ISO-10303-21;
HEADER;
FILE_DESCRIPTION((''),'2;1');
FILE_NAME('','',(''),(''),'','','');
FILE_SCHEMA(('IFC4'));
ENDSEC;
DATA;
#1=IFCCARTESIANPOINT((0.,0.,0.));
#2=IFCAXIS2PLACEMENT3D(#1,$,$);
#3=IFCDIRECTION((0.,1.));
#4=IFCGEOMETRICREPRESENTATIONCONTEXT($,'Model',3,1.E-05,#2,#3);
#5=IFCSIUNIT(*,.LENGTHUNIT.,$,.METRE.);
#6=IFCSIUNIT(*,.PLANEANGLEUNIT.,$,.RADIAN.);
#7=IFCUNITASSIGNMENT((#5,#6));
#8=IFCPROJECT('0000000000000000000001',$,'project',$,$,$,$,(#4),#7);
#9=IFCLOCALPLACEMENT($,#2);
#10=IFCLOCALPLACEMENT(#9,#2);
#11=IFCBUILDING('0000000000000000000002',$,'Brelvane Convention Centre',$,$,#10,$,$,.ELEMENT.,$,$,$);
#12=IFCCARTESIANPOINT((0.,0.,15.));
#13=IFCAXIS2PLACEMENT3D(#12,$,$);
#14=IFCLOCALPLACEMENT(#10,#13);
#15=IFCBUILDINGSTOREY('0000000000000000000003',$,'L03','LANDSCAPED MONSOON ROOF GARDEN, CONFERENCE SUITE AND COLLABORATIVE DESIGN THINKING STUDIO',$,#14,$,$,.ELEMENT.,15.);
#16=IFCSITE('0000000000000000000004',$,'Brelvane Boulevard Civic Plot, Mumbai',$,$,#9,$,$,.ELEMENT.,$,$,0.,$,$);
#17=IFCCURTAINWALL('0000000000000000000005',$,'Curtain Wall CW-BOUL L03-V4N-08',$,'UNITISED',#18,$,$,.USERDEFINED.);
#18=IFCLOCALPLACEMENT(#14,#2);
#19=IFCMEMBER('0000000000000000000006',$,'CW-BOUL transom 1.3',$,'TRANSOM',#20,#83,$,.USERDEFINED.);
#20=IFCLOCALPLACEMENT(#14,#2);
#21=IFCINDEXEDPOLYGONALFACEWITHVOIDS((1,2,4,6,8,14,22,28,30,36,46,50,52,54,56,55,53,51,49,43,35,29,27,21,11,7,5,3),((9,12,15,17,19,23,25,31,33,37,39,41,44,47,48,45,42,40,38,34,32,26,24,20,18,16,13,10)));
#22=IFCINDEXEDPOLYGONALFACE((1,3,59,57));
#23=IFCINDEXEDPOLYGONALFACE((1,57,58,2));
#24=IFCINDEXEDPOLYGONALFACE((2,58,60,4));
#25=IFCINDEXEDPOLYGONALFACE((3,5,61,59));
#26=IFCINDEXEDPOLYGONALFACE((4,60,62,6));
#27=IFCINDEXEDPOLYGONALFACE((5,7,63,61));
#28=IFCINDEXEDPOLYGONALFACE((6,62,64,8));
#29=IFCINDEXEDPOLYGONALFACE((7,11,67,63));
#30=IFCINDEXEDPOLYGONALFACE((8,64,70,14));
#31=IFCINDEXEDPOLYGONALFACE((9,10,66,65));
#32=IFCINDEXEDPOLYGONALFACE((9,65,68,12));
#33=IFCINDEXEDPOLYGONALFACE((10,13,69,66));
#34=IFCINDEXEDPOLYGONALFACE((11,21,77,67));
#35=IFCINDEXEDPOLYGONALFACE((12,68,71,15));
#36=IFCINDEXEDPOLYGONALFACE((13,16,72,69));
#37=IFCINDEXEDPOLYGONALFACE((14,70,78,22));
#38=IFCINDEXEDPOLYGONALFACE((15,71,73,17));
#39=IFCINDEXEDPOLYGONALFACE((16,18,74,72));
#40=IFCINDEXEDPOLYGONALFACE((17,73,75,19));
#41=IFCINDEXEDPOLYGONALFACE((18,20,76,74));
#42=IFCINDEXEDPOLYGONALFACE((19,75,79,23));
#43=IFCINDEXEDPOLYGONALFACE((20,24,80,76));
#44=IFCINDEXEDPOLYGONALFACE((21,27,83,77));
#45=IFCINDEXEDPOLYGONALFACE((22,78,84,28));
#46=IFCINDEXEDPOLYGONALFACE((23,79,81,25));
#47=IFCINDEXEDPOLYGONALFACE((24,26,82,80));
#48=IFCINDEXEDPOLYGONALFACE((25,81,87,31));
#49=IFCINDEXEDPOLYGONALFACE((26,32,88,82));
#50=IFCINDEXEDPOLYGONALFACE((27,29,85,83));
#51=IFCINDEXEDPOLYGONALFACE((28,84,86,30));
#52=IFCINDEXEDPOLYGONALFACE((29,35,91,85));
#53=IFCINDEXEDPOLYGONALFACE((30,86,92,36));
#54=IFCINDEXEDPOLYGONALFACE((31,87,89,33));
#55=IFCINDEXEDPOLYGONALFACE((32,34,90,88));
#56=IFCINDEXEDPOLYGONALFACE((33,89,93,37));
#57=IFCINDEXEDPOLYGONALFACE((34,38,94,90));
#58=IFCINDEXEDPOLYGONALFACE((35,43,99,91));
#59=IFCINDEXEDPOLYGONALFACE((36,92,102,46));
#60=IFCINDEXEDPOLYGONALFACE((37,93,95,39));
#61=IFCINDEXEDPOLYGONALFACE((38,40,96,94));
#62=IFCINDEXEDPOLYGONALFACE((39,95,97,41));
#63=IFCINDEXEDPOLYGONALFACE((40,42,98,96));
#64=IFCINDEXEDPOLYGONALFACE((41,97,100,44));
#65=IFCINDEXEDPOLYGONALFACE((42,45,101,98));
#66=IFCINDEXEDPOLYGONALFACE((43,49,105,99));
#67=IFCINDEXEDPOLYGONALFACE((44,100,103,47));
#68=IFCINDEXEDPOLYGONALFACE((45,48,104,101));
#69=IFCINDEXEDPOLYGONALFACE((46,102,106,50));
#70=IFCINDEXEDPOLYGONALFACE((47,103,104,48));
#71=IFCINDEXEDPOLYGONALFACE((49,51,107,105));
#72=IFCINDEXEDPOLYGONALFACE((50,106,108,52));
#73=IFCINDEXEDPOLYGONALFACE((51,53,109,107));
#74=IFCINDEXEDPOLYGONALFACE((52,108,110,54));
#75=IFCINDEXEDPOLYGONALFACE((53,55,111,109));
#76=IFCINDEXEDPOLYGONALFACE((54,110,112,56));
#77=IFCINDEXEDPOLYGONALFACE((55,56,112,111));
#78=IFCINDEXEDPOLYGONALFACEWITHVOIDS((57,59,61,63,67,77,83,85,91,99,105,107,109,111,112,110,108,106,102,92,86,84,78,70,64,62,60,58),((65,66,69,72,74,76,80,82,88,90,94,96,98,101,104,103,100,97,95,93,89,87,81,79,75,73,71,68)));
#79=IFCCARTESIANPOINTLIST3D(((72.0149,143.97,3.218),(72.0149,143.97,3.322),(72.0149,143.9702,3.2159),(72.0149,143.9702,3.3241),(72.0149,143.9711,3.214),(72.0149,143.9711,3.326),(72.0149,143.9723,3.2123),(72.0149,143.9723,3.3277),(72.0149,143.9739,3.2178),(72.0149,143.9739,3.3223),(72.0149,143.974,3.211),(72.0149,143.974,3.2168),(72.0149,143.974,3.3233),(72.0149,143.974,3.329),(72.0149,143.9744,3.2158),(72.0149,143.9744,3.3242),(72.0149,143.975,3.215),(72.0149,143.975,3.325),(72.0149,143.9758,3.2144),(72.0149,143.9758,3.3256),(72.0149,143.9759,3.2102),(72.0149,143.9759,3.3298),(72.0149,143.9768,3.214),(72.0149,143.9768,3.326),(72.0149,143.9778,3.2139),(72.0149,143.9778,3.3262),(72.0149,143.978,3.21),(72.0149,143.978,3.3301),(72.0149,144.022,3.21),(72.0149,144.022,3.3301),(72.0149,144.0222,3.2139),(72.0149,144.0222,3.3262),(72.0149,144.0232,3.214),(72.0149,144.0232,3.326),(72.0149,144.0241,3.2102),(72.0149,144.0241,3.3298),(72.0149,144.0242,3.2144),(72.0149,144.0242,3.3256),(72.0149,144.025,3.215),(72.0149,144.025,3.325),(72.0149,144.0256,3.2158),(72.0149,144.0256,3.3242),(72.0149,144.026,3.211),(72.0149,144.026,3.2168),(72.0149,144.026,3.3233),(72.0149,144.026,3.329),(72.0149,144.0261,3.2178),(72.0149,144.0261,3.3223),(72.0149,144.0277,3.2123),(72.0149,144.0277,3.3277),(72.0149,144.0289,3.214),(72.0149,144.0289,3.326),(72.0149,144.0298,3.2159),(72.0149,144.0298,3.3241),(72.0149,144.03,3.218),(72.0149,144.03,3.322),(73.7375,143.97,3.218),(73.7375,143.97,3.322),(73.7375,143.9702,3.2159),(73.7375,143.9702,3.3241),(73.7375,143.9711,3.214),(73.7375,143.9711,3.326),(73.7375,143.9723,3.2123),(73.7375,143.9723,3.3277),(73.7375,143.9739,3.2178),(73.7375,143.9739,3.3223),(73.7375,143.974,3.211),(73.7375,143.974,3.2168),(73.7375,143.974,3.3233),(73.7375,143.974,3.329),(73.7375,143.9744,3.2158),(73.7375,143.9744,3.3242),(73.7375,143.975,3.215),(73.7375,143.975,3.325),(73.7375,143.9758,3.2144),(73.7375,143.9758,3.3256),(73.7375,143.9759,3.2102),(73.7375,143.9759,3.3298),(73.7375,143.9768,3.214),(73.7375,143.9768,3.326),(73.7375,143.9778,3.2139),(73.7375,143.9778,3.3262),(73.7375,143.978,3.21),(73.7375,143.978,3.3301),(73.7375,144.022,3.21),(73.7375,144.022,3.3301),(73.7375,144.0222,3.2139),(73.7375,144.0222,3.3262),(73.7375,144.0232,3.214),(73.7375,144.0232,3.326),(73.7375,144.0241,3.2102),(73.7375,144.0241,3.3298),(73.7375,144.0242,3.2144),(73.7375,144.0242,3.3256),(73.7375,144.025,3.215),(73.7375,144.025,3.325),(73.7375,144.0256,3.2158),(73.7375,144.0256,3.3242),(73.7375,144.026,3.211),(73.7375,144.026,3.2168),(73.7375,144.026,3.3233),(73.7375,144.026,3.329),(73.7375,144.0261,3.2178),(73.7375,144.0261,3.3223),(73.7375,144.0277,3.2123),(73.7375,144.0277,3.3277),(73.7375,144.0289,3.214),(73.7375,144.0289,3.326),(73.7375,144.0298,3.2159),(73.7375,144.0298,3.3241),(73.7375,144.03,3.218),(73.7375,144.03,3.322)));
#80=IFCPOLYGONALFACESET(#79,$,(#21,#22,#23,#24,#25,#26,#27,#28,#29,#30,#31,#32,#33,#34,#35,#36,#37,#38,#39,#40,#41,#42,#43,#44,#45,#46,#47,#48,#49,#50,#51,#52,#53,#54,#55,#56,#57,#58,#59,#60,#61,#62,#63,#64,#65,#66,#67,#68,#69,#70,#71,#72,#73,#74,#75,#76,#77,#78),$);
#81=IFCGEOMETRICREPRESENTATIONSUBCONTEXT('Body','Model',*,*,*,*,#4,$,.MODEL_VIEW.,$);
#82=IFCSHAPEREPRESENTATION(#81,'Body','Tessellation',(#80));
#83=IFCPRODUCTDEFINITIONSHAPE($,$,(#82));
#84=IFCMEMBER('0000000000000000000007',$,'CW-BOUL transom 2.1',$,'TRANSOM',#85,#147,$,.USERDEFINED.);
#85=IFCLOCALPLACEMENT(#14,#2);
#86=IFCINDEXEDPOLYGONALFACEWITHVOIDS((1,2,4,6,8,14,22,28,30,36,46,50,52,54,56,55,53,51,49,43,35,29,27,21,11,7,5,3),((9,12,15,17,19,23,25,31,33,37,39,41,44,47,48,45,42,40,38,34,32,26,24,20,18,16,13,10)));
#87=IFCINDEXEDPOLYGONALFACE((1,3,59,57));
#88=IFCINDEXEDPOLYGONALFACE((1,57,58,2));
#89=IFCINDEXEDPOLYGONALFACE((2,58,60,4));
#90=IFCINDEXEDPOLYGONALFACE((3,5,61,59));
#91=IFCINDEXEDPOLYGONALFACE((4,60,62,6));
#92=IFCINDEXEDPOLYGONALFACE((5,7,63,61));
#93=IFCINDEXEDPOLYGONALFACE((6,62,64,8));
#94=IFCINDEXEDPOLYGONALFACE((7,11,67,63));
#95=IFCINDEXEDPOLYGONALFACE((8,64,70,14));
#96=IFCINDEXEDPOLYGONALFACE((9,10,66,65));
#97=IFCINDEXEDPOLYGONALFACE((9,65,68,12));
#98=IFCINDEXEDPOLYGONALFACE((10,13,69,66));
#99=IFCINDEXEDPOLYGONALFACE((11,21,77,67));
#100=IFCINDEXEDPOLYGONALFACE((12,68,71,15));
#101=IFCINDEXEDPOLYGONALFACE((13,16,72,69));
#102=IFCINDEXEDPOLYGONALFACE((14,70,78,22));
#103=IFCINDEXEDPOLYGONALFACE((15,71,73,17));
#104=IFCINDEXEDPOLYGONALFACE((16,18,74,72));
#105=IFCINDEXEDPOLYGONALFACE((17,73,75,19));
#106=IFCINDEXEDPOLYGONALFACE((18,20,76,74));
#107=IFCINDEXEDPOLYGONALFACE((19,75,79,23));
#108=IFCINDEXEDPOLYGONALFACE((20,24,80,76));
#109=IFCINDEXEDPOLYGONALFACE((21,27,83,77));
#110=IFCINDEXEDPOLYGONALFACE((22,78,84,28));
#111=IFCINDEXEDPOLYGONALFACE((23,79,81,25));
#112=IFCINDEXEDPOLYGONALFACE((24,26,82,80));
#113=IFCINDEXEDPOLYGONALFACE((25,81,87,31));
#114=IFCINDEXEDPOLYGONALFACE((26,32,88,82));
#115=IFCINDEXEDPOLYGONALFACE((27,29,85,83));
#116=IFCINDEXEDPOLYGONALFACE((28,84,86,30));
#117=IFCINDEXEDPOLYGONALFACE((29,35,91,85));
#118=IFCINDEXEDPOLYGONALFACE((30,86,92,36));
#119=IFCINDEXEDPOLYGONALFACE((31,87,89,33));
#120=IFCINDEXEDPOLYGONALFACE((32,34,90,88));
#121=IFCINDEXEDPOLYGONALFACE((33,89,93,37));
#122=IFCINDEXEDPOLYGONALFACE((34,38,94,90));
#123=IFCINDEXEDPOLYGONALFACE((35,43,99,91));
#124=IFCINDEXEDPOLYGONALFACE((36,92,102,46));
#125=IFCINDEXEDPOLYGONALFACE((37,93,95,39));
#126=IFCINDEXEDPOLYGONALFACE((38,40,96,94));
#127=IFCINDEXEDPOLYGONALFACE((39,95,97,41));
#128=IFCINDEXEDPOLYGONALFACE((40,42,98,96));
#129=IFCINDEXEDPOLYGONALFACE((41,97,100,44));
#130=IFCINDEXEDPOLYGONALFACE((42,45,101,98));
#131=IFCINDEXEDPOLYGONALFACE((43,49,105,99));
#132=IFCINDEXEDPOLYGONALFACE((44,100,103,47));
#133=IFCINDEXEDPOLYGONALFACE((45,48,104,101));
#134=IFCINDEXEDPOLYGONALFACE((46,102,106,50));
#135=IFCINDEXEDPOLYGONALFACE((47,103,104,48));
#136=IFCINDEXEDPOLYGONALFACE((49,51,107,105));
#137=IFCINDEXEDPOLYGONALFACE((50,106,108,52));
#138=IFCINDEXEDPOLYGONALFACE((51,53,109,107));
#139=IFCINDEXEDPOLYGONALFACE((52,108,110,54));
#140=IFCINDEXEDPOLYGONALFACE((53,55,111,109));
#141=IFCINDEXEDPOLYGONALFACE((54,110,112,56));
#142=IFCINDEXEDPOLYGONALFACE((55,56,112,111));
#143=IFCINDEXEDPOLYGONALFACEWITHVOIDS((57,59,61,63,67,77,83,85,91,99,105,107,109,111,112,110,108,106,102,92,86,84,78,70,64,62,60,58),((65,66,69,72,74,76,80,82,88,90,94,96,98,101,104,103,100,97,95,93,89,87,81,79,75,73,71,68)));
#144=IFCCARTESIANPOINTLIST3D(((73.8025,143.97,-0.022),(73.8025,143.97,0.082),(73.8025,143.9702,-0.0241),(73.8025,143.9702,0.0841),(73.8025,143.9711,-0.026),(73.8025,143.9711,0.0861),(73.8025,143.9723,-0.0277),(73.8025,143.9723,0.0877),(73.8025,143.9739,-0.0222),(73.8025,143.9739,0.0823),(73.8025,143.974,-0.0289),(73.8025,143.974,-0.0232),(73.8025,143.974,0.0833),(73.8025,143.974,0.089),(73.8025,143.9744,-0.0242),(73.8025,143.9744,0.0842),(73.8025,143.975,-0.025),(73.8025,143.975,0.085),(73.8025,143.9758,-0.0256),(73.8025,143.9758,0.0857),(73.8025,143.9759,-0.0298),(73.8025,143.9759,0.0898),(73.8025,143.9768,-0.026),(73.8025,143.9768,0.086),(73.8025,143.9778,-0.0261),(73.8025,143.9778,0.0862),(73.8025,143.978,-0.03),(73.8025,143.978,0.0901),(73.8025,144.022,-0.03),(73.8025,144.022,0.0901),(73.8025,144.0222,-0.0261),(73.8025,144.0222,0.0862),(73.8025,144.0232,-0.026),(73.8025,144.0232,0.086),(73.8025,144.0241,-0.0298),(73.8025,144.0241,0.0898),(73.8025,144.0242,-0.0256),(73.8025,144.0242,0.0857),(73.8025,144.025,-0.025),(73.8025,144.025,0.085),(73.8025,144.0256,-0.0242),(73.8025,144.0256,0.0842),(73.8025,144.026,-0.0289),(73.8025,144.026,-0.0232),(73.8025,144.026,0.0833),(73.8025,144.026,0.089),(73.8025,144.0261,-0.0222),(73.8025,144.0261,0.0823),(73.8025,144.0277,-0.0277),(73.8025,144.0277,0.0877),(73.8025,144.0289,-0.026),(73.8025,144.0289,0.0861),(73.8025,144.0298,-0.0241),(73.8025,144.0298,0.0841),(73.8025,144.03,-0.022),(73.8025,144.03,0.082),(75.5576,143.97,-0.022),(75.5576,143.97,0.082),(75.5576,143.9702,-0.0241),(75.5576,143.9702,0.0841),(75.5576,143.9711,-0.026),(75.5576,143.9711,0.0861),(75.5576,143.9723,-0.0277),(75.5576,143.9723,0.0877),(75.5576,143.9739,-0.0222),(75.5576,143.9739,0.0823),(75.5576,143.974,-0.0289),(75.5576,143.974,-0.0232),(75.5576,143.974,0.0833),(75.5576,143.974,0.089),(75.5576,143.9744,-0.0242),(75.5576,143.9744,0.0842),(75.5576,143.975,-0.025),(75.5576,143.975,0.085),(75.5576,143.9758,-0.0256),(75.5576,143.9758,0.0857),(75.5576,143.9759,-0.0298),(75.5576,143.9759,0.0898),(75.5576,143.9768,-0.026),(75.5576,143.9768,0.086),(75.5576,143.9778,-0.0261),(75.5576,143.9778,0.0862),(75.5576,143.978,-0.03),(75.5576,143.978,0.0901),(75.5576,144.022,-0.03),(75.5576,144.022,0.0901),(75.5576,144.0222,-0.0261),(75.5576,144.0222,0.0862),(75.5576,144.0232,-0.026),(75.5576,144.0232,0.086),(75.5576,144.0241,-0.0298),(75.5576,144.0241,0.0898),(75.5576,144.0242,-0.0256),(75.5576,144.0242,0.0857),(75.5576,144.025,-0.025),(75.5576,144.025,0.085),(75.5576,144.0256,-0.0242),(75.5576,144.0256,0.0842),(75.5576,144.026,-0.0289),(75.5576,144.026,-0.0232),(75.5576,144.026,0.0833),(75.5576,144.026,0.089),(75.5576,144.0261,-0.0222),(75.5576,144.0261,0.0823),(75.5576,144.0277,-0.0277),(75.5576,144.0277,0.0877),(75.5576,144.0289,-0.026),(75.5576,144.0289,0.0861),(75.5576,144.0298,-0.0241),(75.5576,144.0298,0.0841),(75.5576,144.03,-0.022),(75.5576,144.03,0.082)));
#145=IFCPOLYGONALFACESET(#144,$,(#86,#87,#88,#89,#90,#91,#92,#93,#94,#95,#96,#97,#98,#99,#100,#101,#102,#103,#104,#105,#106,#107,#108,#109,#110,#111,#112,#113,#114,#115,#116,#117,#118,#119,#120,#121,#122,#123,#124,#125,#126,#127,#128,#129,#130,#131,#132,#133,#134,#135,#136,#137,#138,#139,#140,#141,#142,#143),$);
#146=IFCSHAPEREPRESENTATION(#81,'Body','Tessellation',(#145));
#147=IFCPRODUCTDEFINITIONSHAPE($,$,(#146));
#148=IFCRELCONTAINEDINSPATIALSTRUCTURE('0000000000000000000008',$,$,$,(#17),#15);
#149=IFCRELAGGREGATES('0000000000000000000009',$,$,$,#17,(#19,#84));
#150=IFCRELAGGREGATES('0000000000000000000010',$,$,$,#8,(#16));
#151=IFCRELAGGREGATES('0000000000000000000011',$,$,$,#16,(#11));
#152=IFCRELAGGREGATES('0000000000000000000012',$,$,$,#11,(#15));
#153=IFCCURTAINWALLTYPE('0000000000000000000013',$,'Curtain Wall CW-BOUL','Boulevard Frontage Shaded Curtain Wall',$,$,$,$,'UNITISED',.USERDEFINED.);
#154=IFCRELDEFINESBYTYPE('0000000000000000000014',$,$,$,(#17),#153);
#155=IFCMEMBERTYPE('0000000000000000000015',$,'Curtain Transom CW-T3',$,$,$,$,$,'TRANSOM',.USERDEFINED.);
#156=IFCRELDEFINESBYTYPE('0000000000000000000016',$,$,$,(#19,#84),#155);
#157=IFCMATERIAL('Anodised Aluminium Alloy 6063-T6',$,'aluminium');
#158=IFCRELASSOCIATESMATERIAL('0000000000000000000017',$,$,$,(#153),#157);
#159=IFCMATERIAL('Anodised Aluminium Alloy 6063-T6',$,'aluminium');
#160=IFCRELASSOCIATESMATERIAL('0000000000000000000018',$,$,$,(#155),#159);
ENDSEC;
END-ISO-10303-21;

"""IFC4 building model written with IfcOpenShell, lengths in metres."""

from ifc_helpers import new_model, si_unit, direction, frame, origin, origin_2d, place, context, subcontext, project, spatial, hollow_rectangle, extrude, material, material_profile, profile_set, type_object, element, aggregate, save


model = new_model("IFC4")

# Units and contexts
model_context = context("Model", 3, precision=1e-05, world=origin(), true_north=direction((0.0, 1.0)))
body_context = subcontext(model_context, "Body", "Model", "MODEL_VIEW")
ifc_project = project(units=[si_unit("LENGTHUNIT", "METRE"), si_unit("PLANEANGLEUNIT", "RADIAN")], contexts=[model_context])

# Site, building, storey
site_placement = place(None, origin())
site = spatial("IfcSite", under=ifc_project, at=site_placement, Name="Brelvane Boulevard Civic Plot, Mumbai", CompositionType="ELEMENT", RefElevation=0.0)
building_placement = place(site_placement, origin())
building = spatial("IfcBuilding", under=site, at=building_placement, Name="Brelvane Convention Centre", CompositionType="ELEMENT")
storey_placement = place(building_placement, frame((0.0, 0.0, 15.0)))
storey = spatial("IfcBuildingStorey", under=building, at=storey_placement, Name="L03", Description="LANDSCAPED MONSOON ROOF GARDEN, CONFERENCE SUITE AND COLLABORATIVE DESIGN THINKING STUDIO", CompositionType="ELEMENT", Elevation=15.0)

# Curtain wall, members
ifc_material_1 = material(Name="Anodised Aluminium Alloy 6063-T6", Category="aluminium")
curtain_wall_type = type_object("IfcCurtainWallType", Name="Curtain Wall CW-BOUL", Description="Boulevard Frontage Shaded Curtain Wall", ElementType="UNITISED", PredefinedType="USERDEFINED", material=ifc_material_1)
curtain_wall_placement = place(storey_placement, origin())
curtain_wall = element("IfcCurtainWall", 1, at=curtain_wall_placement, inside=storey, type_object=curtain_wall_type, Name="Curtain Wall CW-BOUL L03-V4N-08", ObjectType="UNITISED", PredefinedType="USERDEFINED")
ifc_material_2 = material(Name="Anodised Aluminium Alloy 6063-T6", Category="aluminium")
ifc_material_profile_1 = material_profile(ifc_material_2, hollow_rectangle(XDim=0.0601, YDim=0.1201, WallThickness=0.0039, InnerFilletRadius=0.0039, OuterFilletRadius=0.0081, at=origin_2d()), Name="ALU-T 120x60x4.0")
ifc_profile_set_1 = profile_set([ifc_material_profile_1], Name="Anodised Aluminium Alloy 6063-T6")
member_type_1 = type_object("IfcMemberType", Name="Curtain Transom CW-T3", ElementType="TRANSOM", PredefinedType="USERDEFINED", material=ifc_profile_set_1)
member_1_placement = place(storey_placement, frame((72.0149, 144.0, 3.27), z_axis=(1.0, 0.0, 0.0), x_axis=(0.0, 1.0, 0.0)))
member_1 = element("IfcMember", 2, at=member_1_placement, type_object=member_type_1, Name="CW-BOUL transom 1.3", ObjectType="TRANSOM", PredefinedType="USERDEFINED", context=body_context, shape_type="SweptSolid", body=[
    extrude(hollow_rectangle(XDim=0.0601, YDim=0.1201, WallThickness=0.0039, InnerFilletRadius=0.0039, OuterFilletRadius=0.0081, at=origin_2d()), origin(), (0.0, 0.0, 1.0), 1.7227),
])
member_2_placement = place(storey_placement, frame((73.8025, 144.0, 0.03), z_axis=(1.0, 0.0, 0.0), x_axis=(0.0, 1.0, 0.0)))
member_2 = element("IfcMember", 3, at=member_2_placement, type_object=member_type_1, Name="CW-BOUL transom 2.1", ObjectType="TRANSOM", PredefinedType="USERDEFINED", context=body_context, shape_type="SweptSolid", body=[
    extrude(hollow_rectangle(XDim=0.0601, YDim=0.1201, WallThickness=0.0039, InnerFilletRadius=0.0039, OuterFilletRadius=0.0081, at=origin_2d()), origin(), (0.0, 0.0, 1.0), 1.7551),
])

aggregate(curtain_wall, [member_1, member_2])

save(model, "model.ifc")
